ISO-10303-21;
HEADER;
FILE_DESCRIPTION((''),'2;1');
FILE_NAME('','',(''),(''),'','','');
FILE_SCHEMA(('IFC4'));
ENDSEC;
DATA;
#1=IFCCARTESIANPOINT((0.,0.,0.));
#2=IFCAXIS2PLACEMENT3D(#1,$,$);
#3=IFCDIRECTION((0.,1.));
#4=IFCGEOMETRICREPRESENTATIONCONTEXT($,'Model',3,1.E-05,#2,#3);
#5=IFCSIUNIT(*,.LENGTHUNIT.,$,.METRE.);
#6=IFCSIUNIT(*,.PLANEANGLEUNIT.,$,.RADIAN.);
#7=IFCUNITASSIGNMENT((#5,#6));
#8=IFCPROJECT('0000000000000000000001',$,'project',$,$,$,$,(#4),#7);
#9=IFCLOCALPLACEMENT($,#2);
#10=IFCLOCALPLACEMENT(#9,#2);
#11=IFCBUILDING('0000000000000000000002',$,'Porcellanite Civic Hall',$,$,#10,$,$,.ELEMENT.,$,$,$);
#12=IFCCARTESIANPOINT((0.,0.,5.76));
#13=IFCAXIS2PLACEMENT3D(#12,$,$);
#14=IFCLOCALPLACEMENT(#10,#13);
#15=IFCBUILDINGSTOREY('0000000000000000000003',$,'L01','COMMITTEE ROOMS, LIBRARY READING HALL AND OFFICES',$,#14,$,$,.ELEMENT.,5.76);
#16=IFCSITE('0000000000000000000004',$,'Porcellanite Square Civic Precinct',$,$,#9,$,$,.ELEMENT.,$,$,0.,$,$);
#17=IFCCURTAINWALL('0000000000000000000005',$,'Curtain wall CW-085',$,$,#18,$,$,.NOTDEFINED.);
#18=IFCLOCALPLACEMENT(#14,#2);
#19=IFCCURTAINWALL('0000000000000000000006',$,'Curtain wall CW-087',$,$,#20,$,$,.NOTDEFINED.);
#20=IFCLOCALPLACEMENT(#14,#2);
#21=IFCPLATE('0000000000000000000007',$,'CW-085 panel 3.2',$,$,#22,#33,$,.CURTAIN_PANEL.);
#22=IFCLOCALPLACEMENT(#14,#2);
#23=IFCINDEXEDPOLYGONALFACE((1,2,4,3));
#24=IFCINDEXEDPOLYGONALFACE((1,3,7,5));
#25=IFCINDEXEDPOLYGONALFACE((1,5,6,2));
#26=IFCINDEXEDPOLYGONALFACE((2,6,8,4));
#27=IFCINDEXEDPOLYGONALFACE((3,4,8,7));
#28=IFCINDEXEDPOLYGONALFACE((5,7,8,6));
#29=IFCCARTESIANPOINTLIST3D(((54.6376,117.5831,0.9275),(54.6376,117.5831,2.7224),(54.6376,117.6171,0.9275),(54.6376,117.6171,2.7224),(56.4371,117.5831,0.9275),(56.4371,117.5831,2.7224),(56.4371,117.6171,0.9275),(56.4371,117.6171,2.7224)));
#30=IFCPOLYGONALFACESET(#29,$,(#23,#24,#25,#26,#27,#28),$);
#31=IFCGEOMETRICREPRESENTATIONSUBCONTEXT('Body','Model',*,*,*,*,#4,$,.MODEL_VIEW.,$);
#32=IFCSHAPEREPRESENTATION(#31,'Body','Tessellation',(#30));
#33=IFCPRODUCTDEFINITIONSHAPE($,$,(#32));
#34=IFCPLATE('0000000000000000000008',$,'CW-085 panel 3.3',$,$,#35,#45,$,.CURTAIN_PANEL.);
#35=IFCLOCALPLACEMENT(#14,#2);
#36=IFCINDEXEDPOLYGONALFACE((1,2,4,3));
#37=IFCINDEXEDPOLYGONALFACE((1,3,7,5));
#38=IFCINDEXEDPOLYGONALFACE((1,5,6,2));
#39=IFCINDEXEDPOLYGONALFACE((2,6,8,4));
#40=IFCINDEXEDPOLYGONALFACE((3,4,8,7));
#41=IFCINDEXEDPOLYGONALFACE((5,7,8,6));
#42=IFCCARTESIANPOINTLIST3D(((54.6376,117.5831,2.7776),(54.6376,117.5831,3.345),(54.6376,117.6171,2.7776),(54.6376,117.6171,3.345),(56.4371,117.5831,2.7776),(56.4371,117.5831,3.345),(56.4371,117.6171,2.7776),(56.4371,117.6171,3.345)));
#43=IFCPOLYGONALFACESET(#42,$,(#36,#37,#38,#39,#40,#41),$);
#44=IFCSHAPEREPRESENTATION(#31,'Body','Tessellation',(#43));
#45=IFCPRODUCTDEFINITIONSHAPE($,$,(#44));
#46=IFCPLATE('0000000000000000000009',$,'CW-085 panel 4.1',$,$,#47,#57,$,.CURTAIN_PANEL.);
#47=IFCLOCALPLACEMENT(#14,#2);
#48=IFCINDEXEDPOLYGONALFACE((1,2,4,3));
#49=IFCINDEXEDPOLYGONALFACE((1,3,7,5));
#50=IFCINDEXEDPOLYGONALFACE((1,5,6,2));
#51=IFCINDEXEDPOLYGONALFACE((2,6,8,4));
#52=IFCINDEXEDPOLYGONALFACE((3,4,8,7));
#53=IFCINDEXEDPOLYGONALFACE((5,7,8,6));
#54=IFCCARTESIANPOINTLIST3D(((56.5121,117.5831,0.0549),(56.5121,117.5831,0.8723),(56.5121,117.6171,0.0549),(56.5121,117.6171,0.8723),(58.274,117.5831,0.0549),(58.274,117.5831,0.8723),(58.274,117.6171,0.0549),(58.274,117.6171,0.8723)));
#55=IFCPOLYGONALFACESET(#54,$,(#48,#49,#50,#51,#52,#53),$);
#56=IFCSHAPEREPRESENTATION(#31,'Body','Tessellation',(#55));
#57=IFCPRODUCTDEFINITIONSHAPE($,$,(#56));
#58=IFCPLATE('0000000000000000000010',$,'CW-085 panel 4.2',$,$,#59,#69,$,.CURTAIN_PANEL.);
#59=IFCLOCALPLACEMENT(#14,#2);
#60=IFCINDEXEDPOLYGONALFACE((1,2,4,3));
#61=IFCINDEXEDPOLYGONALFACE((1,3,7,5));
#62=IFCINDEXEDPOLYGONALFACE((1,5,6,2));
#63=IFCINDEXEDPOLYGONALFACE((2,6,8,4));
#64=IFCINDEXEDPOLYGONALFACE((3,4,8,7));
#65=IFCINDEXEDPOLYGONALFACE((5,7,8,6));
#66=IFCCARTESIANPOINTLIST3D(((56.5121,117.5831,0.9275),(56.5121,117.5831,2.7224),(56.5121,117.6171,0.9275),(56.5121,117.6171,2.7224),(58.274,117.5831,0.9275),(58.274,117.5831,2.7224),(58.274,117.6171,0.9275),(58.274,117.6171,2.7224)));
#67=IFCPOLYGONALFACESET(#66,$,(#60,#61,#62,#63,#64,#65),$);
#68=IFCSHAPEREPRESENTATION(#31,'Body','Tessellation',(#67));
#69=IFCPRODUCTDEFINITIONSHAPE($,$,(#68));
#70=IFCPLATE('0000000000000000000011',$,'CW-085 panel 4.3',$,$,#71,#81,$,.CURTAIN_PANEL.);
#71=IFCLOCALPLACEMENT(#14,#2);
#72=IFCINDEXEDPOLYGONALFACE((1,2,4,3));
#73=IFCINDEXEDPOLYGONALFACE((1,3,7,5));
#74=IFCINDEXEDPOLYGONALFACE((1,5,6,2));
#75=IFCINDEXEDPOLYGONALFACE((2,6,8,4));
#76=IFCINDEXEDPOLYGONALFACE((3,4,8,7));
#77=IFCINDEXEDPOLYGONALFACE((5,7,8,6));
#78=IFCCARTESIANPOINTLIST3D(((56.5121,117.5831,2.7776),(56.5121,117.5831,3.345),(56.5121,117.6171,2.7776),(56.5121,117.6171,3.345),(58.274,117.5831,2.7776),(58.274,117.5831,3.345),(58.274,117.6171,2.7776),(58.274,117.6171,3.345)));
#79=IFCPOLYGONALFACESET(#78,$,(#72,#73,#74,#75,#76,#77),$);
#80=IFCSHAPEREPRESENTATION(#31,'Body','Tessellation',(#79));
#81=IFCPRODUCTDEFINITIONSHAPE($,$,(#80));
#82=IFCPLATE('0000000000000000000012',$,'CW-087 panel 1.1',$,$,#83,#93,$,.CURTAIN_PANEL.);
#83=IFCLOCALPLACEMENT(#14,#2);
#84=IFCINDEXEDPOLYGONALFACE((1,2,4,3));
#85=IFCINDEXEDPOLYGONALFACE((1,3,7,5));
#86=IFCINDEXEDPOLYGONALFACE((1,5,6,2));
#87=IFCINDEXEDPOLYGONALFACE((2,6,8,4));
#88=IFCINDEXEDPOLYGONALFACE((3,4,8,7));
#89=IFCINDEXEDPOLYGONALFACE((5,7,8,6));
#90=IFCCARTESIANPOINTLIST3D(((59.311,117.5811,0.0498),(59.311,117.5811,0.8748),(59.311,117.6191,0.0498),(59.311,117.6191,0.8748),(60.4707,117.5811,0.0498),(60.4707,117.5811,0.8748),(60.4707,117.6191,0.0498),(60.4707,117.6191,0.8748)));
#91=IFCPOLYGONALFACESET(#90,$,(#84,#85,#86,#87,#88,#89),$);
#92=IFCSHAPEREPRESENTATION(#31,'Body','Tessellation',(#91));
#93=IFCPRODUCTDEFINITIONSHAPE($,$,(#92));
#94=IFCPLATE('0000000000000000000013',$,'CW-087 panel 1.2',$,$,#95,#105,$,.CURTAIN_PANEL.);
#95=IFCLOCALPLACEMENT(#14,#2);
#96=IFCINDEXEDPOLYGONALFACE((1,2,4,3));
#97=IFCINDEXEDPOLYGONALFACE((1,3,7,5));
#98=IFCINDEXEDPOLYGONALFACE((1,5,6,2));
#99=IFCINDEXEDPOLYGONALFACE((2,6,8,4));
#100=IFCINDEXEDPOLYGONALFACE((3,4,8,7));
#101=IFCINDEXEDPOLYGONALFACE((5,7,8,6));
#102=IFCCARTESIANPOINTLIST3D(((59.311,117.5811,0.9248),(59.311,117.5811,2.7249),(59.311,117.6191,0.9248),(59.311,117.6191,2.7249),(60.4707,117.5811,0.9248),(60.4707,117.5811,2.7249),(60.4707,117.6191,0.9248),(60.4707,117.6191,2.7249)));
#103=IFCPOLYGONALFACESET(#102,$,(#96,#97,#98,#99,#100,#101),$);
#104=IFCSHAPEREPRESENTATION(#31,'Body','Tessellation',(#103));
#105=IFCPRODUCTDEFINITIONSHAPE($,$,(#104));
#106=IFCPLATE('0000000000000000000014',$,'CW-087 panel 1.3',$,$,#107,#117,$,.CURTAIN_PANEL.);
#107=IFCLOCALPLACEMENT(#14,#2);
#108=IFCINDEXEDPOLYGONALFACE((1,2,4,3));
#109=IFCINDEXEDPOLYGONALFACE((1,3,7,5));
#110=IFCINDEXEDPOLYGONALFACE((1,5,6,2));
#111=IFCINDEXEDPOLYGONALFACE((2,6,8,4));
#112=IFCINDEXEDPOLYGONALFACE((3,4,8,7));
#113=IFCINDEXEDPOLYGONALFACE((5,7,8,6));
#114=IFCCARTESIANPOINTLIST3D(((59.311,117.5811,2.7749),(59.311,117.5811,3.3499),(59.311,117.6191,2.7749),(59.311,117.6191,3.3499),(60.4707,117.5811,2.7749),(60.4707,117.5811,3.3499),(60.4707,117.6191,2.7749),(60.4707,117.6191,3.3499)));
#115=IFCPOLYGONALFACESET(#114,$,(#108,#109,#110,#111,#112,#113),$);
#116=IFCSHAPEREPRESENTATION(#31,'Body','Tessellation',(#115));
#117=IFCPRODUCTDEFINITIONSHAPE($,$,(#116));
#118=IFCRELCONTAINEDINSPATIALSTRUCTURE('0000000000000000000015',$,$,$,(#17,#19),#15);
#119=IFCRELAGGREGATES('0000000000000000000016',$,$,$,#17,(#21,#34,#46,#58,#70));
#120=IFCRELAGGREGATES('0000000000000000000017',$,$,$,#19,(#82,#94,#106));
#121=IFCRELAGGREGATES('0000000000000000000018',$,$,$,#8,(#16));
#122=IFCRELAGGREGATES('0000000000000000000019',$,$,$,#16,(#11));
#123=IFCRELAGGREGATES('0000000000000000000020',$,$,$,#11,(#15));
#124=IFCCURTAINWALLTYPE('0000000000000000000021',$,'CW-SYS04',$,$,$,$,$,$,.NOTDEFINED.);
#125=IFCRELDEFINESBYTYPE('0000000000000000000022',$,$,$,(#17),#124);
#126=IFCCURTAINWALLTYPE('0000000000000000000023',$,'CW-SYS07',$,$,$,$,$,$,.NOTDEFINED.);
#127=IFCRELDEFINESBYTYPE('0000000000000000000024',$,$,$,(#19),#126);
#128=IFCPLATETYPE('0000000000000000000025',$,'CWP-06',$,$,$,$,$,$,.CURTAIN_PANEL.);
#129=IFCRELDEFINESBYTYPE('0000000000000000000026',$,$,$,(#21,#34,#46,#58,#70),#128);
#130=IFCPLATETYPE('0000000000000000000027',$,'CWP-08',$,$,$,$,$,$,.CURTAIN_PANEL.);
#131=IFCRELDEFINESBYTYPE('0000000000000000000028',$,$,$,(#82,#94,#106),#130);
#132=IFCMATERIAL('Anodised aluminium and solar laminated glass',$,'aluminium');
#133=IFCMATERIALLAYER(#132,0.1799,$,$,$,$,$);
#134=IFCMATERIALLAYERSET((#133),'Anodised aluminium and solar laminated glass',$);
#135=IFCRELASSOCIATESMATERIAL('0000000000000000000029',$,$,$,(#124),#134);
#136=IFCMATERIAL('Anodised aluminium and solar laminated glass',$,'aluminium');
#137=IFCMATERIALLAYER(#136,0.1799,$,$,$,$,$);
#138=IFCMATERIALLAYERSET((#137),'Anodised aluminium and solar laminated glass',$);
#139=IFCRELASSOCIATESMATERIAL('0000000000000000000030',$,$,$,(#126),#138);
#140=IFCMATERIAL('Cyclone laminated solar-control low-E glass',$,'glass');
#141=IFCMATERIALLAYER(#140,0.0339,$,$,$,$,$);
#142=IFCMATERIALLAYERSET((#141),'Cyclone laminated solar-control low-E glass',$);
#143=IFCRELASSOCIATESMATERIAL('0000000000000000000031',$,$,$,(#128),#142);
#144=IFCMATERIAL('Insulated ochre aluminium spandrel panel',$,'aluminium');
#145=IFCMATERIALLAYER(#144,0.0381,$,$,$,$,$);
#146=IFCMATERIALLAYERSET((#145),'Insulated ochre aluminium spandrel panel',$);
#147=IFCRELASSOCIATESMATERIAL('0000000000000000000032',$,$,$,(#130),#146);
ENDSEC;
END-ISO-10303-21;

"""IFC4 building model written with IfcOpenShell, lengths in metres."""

from ifc_helpers import new_model, si_unit, direction, frame, origin, origin_2d, place, context, subcontext, project, spatial, rectangle, extrude, material, layer, layer_set, type_object, element, aggregate, save


model = new_model("IFC4")

# Units and contexts
model_context = context("Model", 3, precision=1e-05, world=origin(), true_north=direction((0.0, 1.0)))
body_context = subcontext(model_context, "Body", "Model", "MODEL_VIEW")
ifc_project = project(units=[si_unit("LENGTHUNIT", "METRE"), si_unit("PLANEANGLEUNIT", "RADIAN")], contexts=[model_context])

# Site, building, storey
site_placement = place(None, origin())
site = spatial("IfcSite", under=ifc_project, at=site_placement, Name="Porcellanite Square Civic Precinct", CompositionType="ELEMENT", RefElevation=0.0)
building_placement = place(site_placement, origin())
building = spatial("IfcBuilding", under=site, at=building_placement, Name="Porcellanite Civic Hall", CompositionType="ELEMENT")
storey_placement = place(building_placement, frame((0.0, 0.0, 5.76)))
storey = spatial("IfcBuildingStorey", under=building, at=storey_placement, Name="L01", Description="COMMITTEE ROOMS, LIBRARY READING HALL AND OFFICES", CompositionType="ELEMENT", Elevation=5.76)

# Curtain walls
ifc_material_1 = material(Name="Anodised aluminium and solar laminated glass", Category="aluminium")
ifc_layer_1 = layer(ifc_material_1, 0.1799)
ifc_layer_set_1 = layer_set([ifc_layer_1], Name="Anodised aluminium and solar laminated glass")
curtain_wall_type_1 = type_object("IfcCurtainWallType", Name="CW-SYS04", PredefinedType="NOTDEFINED", material=ifc_layer_set_1)
curtain_wall_1_placement = place(storey_placement, origin())
curtain_wall_1 = element("IfcCurtainWall", 1, at=curtain_wall_1_placement, inside=storey, type_object=curtain_wall_type_1, Name="Curtain wall CW-085", PredefinedType="NOTDEFINED")
ifc_material_2 = material(Name="Anodised aluminium and solar laminated glass", Category="aluminium")
ifc_layer_2 = layer(ifc_material_2, 0.1799)
ifc_layer_set_2 = layer_set([ifc_layer_2], Name="Anodised aluminium and solar laminated glass")
curtain_wall_type_2 = type_object("IfcCurtainWallType", Name="CW-SYS07", PredefinedType="NOTDEFINED", material=ifc_layer_set_2)
curtain_wall_2_placement = place(storey_placement, origin())
curtain_wall_2 = element("IfcCurtainWall", 2, at=curtain_wall_2_placement, inside=storey, type_object=curtain_wall_type_2, Name="Curtain wall CW-087", PredefinedType="NOTDEFINED")

# Plates
ifc_material_3 = material(Name="Cyclone laminated solar-control low-E glass", Category="glass")
ifc_layer_3 = layer(ifc_material_3, 0.0339)
ifc_layer_set_3 = layer_set([ifc_layer_3], Name="Cyclone laminated solar-control low-E glass")
plate_type_1 = type_object("IfcPlateType", Name="CWP-06", PredefinedType="CURTAIN_PANEL", material=ifc_layer_set_3)
plate_1_placement = place(storey_placement, frame((55.5374, 117.6001, 0.9275), z_axis=(0.0, 0.0, 1.0), x_axis=(1.0, 0.0, 0.0)))
plate_1 = element("IfcPlate", 3, at=plate_1_placement, type_object=plate_type_1, Name="CW-085 panel 3.2", PredefinedType="CURTAIN_PANEL", context=body_context, shape_type="SweptSolid", body=[
    extrude(rectangle(XDim=1.7996, YDim=0.0339, at=origin_2d()), origin(), (0.0, 0.0, 1.0), 1.7949),
])
plate_2_placement = place(storey_placement, frame((55.5374, 117.6001, 2.7776), z_axis=(0.0, 0.0, 1.0), x_axis=(1.0, 0.0, 0.0)))
plate_2 = element("IfcPlate", 4, at=plate_2_placement, type_object=plate_type_1, Name="CW-085 panel 3.3", PredefinedType="CURTAIN_PANEL", context=body_context, shape_type="SweptSolid", body=[
    extrude(rectangle(XDim=1.7996, YDim=0.0339, at=origin_2d()), origin(), (0.0, 0.0, 1.0), 0.5674),
])
plate_3_placement = place(storey_placement, frame((57.3931, 117.6001, 0.0549), z_axis=(0.0, 0.0, 1.0), x_axis=(1.0, 0.0, 0.0)))
plate_3 = element("IfcPlate", 5, at=plate_3_placement, type_object=plate_type_1, Name="CW-085 panel 4.1", PredefinedType="CURTAIN_PANEL", context=body_context, shape_type="SweptSolid", body=[
    extrude(rectangle(XDim=1.762, YDim=0.0339, at=origin_2d()), origin(), (0.0, 0.0, 1.0), 0.8174),
])
plate_4_placement = place(storey_placement, frame((57.3931, 117.6001, 0.9275), z_axis=(0.0, 0.0, 1.0), x_axis=(1.0, 0.0, 0.0)))
plate_4 = element("IfcPlate", 6, at=plate_4_placement, type_object=plate_type_1, Name="CW-085 panel 4.2", PredefinedType="CURTAIN_PANEL", context=body_context, shape_type="SweptSolid", body=[
    extrude(rectangle(XDim=1.762, YDim=0.0339, at=origin_2d()), origin(), (0.0, 0.0, 1.0), 1.7949),
])
plate_5_placement = place(storey_placement, frame((57.3931, 117.6001, 2.7776), z_axis=(0.0, 0.0, 1.0), x_axis=(1.0, 0.0, 0.0)))
plate_5 = element("IfcPlate", 7, at=plate_5_placement, type_object=plate_type_1, Name="CW-085 panel 4.3", PredefinedType="CURTAIN_PANEL", context=body_context, shape_type="SweptSolid", body=[
    extrude(rectangle(XDim=1.762, YDim=0.0339, at=origin_2d()), origin(), (0.0, 0.0, 1.0), 0.5674),
])
aggregate(curtain_wall_1, [plate_1, plate_2, plate_3, plate_4, plate_5])
ifc_material_4 = material(Name="Insulated ochre aluminium spandrel panel", Category="aluminium")
ifc_layer_4 = layer(ifc_material_4, 0.0381)
ifc_layer_set_4 = layer_set([ifc_layer_4], Name="Insulated ochre aluminium spandrel panel")
plate_type_2 = type_object("IfcPlateType", Name="CWP-08", PredefinedType="CURTAIN_PANEL", material=ifc_layer_set_4)
plate_6_placement = place(storey_placement, frame((59.8909, 117.6001, 0.0498), z_axis=(0.0, 0.0, 1.0), x_axis=(1.0, 0.0, 0.0)))
plate_6 = element("IfcPlate", 8, at=plate_6_placement, type_object=plate_type_2, Name="CW-087 panel 1.1", PredefinedType="CURTAIN_PANEL", context=body_context, shape_type="SweptSolid", body=[
    extrude(rectangle(XDim=1.1597, YDim=0.0381, at=origin_2d()), origin(), (0.0, 0.0, 1.0), 0.825),
])
plate_7_placement = place(storey_placement, frame((59.8909, 117.6001, 0.9248), z_axis=(0.0, 0.0, 1.0), x_axis=(1.0, 0.0, 0.0)))
plate_7 = element("IfcPlate", 9, at=plate_7_placement, type_object=plate_type_2, Name="CW-087 panel 1.2", PredefinedType="CURTAIN_PANEL", context=body_context, shape_type="SweptSolid", body=[
    extrude(rectangle(XDim=1.1597, YDim=0.0381, at=origin_2d()), origin(), (0.0, 0.0, 1.0), 1.8),
])
plate_8_placement = place(storey_placement, frame((59.8909, 117.6001, 2.7749), z_axis=(0.0, 0.0, 1.0), x_axis=(1.0, 0.0, 0.0)))
plate_8 = element("IfcPlate", 10, at=plate_8_placement, type_object=plate_type_2, Name="CW-087 panel 1.3", PredefinedType="CURTAIN_PANEL", context=body_context, shape_type="SweptSolid", body=[
    extrude(rectangle(XDim=1.1597, YDim=0.0381, at=origin_2d()), origin(), (0.0, 0.0, 1.0), 0.575),
])
aggregate(curtain_wall_2, [plate_6, plate_7, plate_8])

save(model, "model.ifc")
